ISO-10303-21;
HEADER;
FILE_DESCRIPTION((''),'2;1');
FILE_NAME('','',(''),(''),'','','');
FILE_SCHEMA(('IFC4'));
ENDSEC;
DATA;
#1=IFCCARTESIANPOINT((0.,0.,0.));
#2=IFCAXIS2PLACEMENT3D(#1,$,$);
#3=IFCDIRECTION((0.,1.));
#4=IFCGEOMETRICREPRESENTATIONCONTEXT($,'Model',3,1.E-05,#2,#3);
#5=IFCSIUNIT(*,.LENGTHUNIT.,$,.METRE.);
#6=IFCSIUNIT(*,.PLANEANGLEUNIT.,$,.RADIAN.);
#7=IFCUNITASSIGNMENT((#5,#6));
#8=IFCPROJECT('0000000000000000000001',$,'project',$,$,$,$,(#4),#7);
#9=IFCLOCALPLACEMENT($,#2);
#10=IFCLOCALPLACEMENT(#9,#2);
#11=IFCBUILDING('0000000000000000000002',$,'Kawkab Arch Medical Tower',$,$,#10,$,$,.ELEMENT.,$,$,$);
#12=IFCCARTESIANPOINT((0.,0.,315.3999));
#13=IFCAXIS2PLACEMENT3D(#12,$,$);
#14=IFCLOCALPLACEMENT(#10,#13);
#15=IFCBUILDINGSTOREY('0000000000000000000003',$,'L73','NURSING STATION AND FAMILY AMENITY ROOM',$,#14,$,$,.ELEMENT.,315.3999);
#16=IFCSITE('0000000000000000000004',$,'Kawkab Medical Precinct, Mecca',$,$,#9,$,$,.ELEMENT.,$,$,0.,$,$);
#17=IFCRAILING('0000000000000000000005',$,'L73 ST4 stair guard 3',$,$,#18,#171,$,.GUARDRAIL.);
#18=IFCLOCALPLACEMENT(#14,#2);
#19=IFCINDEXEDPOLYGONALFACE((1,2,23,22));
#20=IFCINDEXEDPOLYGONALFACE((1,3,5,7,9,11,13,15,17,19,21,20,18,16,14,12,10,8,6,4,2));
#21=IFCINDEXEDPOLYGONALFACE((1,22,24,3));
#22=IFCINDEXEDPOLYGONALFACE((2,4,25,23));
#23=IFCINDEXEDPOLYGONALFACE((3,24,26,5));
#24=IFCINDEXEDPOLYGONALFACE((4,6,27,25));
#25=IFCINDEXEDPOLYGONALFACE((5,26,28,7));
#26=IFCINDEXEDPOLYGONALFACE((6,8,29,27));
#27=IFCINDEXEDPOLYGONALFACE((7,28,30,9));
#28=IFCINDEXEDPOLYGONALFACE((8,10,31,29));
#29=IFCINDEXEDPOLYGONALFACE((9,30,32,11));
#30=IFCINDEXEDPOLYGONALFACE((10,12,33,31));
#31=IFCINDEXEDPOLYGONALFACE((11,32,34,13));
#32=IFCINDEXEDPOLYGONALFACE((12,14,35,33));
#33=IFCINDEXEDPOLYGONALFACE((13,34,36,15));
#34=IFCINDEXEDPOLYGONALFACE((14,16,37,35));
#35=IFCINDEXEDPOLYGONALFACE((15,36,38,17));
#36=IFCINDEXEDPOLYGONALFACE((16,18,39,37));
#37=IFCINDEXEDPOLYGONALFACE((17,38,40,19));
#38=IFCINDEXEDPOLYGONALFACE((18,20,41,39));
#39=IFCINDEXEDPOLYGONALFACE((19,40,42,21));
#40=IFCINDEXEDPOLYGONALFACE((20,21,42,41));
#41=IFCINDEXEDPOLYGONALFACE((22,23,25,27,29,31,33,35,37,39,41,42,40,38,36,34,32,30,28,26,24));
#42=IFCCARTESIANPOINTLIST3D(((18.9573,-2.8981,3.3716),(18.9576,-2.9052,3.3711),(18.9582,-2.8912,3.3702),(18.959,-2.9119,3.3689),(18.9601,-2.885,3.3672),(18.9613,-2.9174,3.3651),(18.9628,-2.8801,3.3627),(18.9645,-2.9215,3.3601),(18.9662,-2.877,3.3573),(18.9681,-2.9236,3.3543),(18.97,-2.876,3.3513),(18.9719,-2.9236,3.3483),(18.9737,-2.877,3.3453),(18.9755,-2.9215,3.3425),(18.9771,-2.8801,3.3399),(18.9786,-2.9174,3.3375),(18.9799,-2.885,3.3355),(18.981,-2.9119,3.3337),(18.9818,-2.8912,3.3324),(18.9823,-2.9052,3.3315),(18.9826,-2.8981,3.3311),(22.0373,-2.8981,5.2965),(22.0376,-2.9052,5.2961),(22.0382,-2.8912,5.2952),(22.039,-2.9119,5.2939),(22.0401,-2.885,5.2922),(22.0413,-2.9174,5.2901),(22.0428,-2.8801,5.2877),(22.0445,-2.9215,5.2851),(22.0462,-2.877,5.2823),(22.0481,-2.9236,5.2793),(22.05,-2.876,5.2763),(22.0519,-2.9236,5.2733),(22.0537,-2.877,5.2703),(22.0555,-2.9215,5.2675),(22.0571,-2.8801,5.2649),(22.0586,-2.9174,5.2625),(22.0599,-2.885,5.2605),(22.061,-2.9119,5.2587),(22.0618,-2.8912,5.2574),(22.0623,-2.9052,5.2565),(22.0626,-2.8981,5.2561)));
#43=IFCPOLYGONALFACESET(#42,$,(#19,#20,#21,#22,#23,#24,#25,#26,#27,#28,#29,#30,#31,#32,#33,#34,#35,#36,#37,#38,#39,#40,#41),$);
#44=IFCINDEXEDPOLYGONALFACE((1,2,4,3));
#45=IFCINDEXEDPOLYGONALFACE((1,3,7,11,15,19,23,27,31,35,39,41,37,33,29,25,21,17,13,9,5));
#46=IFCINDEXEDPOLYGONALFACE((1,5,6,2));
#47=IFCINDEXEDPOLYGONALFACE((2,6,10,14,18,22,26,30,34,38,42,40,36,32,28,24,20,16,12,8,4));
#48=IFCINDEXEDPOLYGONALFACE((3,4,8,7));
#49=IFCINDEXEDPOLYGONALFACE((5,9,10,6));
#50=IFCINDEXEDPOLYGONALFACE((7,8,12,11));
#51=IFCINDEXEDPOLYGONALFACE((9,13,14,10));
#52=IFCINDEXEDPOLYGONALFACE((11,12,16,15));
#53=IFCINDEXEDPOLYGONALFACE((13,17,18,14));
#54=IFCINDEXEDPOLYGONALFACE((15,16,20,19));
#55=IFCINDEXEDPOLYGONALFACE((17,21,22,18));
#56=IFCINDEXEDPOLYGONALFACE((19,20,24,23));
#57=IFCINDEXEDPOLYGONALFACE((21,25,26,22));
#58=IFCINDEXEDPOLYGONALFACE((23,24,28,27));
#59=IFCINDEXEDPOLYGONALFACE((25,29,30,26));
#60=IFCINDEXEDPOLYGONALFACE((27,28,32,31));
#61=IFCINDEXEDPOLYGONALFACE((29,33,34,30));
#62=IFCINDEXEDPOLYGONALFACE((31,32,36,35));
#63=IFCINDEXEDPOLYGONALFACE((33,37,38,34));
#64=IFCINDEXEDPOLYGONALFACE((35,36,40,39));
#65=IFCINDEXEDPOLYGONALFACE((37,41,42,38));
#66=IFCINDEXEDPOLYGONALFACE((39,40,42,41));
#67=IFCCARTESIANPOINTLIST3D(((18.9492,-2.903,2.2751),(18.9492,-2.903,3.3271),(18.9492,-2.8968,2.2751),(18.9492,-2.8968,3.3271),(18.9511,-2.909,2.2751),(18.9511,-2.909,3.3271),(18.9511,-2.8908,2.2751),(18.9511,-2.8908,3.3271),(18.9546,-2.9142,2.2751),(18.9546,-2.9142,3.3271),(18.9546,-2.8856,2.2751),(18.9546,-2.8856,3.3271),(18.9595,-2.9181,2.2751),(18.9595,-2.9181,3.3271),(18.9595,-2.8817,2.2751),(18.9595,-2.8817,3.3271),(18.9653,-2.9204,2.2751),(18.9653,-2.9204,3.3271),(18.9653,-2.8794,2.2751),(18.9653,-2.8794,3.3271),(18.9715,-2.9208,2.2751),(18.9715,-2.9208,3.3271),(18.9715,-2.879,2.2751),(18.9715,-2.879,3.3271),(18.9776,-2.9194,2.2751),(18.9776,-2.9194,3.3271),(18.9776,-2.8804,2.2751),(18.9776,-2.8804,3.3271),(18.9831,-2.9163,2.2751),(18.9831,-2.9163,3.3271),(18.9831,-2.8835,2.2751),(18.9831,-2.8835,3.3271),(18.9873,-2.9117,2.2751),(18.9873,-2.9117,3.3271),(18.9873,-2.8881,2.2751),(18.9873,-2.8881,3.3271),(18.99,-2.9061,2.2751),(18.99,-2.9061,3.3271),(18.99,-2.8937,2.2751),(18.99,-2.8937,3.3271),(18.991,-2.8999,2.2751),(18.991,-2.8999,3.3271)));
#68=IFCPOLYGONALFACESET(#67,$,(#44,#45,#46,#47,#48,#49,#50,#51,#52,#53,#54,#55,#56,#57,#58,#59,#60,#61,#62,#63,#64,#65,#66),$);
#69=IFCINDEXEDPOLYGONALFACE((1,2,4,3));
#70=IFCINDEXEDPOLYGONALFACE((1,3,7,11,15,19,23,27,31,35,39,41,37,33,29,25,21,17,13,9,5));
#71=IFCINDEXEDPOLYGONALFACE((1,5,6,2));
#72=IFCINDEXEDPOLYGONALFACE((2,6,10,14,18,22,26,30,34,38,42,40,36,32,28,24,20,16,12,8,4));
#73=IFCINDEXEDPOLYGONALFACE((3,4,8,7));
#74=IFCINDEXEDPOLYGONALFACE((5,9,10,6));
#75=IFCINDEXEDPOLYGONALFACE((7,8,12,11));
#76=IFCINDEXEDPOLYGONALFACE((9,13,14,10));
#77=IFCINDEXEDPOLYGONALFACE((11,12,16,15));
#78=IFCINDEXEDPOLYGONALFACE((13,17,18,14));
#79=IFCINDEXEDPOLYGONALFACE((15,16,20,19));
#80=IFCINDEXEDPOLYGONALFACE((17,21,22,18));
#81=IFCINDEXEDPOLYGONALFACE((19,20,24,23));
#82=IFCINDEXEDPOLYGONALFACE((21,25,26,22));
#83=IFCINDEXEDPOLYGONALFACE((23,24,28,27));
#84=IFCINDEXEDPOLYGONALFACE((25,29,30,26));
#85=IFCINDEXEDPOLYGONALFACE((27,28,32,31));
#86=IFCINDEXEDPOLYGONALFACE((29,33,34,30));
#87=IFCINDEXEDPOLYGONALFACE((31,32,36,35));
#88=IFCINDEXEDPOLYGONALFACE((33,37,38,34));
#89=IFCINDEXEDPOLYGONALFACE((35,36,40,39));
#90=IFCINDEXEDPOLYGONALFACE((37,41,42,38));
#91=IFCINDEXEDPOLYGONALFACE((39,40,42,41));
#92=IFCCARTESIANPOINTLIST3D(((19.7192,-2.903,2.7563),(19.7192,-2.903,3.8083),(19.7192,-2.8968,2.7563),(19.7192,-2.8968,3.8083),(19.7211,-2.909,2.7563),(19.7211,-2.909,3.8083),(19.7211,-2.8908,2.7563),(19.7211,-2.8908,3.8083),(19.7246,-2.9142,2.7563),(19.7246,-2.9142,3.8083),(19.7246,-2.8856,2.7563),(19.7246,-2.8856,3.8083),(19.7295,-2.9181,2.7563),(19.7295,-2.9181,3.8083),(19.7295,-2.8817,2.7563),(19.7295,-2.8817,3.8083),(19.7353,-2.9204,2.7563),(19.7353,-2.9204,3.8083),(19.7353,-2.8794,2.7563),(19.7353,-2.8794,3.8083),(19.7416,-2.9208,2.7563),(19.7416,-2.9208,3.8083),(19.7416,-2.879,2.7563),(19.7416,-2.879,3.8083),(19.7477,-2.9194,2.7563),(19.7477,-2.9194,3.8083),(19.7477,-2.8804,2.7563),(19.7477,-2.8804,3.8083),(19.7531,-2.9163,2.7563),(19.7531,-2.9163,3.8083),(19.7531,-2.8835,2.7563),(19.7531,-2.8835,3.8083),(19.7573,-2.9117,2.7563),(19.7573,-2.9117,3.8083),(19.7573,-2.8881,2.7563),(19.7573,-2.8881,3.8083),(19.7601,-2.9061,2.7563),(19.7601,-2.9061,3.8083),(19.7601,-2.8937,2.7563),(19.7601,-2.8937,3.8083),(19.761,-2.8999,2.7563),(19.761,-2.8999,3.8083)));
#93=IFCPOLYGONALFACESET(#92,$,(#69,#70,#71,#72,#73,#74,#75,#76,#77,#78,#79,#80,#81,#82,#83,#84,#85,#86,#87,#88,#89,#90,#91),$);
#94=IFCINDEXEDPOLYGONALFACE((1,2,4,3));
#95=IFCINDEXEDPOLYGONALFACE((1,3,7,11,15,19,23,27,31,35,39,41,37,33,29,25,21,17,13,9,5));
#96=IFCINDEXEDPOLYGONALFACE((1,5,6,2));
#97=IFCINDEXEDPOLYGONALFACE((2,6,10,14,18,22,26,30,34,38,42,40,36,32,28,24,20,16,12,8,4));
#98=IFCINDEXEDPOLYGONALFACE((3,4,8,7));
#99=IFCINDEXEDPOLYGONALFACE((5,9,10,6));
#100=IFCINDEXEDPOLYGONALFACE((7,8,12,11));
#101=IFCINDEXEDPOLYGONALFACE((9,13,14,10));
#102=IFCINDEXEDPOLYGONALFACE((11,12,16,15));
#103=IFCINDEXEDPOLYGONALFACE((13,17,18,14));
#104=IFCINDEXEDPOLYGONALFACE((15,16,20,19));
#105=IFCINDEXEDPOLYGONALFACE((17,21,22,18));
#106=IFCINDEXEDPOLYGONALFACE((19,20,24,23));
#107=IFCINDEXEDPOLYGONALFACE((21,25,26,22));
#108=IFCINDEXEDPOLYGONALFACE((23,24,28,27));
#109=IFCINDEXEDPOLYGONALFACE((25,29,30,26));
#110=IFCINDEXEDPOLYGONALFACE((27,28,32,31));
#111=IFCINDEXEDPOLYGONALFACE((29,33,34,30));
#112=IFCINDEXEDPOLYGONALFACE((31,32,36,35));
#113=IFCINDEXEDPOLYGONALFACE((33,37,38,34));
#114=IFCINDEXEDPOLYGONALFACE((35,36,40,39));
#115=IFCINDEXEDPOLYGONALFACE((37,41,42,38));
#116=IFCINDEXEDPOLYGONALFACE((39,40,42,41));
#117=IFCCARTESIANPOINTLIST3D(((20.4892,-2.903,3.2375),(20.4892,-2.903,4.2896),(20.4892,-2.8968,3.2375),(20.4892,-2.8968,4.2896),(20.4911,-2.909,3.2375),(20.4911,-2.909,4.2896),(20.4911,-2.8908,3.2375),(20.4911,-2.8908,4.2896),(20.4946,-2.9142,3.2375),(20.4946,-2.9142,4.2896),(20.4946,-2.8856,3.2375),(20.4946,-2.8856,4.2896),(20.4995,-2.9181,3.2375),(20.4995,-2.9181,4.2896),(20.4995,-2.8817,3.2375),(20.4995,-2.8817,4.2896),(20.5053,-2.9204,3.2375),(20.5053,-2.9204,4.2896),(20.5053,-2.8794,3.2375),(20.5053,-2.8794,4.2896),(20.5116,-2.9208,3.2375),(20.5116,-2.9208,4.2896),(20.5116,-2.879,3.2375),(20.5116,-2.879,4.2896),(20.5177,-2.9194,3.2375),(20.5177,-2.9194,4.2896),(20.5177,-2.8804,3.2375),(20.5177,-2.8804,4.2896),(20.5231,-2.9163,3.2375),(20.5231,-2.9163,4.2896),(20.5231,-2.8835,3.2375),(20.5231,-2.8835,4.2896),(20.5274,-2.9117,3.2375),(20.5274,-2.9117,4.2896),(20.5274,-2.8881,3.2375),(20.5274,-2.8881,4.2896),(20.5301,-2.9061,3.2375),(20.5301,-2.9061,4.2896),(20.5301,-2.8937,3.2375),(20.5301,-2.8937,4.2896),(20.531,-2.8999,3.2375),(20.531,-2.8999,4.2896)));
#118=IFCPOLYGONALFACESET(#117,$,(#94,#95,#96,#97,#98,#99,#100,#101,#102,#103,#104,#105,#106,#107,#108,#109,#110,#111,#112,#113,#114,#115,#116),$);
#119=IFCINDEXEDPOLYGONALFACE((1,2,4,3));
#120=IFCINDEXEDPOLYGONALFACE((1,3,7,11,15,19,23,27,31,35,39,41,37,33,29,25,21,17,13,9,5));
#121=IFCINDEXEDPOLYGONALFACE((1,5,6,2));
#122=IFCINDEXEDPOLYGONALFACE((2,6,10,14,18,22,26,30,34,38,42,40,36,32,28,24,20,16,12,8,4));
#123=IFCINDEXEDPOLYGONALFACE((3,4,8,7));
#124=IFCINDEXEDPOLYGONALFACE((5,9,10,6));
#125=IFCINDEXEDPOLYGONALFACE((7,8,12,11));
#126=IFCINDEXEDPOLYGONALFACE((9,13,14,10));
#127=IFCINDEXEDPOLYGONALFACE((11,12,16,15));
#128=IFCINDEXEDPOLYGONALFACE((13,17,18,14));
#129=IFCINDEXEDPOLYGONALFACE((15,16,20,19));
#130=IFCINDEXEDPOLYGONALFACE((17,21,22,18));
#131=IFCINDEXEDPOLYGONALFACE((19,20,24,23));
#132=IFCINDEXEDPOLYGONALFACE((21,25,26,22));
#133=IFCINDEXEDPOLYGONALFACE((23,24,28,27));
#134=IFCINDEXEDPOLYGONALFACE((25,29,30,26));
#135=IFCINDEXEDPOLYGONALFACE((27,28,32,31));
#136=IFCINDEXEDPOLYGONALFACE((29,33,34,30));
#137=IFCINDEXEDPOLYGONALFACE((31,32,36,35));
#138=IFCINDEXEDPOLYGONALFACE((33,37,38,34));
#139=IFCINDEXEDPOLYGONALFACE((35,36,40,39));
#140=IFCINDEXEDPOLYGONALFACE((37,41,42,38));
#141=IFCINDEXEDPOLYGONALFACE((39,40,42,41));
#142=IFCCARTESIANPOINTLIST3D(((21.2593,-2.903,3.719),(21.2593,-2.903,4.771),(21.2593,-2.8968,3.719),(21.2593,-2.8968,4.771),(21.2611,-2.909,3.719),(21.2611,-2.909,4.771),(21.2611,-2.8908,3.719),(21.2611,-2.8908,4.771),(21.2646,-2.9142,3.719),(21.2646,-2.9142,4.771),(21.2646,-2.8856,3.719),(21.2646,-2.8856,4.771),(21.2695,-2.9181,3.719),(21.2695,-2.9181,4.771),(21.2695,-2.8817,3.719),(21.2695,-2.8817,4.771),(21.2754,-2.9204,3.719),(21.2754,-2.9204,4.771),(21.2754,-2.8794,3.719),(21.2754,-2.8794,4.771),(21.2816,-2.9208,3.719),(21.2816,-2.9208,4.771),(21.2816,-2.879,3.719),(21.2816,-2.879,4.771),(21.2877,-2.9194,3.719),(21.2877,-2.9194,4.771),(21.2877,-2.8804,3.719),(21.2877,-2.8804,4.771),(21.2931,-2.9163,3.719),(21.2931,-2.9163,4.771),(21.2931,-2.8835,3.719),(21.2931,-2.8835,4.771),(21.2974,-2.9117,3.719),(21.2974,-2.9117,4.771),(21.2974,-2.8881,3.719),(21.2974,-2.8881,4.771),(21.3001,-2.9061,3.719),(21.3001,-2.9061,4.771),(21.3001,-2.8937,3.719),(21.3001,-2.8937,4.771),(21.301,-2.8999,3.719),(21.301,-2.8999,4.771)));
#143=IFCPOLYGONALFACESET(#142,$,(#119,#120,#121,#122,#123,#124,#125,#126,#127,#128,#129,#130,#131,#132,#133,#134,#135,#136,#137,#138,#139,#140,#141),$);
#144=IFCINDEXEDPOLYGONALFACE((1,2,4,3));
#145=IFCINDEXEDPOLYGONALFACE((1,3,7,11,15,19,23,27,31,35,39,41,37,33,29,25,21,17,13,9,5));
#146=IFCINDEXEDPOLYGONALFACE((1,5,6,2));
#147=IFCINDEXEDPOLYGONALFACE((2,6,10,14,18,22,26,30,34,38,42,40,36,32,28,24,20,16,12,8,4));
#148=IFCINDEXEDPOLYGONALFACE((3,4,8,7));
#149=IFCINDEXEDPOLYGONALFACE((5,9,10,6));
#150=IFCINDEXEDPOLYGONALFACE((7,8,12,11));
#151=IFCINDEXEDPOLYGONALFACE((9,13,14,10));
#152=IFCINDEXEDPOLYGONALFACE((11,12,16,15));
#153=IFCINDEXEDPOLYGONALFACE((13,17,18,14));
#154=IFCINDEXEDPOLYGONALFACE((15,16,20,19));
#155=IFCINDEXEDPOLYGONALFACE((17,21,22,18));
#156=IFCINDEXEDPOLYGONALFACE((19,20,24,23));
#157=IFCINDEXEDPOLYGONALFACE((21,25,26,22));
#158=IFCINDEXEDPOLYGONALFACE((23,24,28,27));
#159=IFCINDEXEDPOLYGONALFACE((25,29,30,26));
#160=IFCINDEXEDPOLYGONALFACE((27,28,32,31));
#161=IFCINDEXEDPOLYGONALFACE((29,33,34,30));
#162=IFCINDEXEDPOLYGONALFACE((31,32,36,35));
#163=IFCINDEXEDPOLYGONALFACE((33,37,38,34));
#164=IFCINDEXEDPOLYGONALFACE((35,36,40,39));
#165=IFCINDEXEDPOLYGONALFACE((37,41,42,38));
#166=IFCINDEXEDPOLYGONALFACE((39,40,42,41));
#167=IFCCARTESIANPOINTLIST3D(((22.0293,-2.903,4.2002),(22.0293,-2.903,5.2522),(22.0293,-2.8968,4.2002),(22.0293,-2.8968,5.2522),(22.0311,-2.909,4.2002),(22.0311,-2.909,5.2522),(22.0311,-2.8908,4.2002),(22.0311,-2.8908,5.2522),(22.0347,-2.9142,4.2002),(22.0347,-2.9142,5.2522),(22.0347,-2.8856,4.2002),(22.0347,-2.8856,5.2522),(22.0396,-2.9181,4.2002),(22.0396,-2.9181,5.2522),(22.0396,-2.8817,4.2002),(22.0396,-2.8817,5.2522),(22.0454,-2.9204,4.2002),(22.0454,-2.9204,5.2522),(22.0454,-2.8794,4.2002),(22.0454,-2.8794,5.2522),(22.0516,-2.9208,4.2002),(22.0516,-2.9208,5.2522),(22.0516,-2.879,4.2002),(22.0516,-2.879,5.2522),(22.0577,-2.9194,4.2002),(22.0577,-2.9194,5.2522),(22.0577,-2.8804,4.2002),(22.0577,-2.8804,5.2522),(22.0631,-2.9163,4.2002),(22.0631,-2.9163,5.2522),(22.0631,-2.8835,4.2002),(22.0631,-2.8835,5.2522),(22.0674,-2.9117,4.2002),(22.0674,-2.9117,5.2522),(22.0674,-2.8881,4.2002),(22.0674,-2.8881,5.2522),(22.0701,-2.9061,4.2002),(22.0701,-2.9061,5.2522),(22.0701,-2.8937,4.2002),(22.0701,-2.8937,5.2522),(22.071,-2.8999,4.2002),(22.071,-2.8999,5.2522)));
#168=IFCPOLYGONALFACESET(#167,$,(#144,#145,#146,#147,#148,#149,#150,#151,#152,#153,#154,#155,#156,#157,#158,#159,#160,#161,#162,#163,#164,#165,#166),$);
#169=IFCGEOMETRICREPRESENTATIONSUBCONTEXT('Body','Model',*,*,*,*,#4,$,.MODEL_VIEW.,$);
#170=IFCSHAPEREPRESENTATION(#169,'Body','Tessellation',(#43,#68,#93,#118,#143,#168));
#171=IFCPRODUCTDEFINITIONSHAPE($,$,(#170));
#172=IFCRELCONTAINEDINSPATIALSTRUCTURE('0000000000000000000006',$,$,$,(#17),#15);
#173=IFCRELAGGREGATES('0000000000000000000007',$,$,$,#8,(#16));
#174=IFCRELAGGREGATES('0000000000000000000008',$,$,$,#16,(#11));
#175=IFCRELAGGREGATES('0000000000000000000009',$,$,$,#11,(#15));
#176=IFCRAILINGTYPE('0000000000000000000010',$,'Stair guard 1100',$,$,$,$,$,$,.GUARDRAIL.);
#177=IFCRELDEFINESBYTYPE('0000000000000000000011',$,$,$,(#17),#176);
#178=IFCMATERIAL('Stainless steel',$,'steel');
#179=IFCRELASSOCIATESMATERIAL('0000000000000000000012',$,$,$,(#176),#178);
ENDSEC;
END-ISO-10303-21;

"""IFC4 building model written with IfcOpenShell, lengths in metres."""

from ifc_helpers import new_model, si_unit, direction, frame, origin, origin_2d, place, context, subcontext, project, spatial, circle, extrude, material, type_object, element, save


model = new_model("IFC4")

# Units and contexts
model_context = context("Model", 3, precision=1e-05, world=origin(), true_north=direction((0.0, 1.0)))
body_context = subcontext(model_context, "Body", "Model", "MODEL_VIEW")
ifc_project = project(units=[si_unit("LENGTHUNIT", "METRE"), si_unit("PLANEANGLEUNIT", "RADIAN")], contexts=[model_context])

# Site, building, storey
site_placement = place(None, origin())
site = spatial("IfcSite", under=ifc_project, at=site_placement, Name="Kawkab Medical Precinct, Mecca", CompositionType="ELEMENT", RefElevation=0.0)
building_placement = place(site_placement, origin())
building = spatial("IfcBuilding", under=site, at=building_placement, Name="Kawkab Arch Medical Tower", CompositionType="ELEMENT")
storey_placement = place(building_placement, frame((0.0, 0.0, 315.3999)))
storey = spatial("IfcBuildingStorey", under=building, at=storey_placement, Name="L73", Description="NURSING STATION AND FAMILY AMENITY ROOM", CompositionType="ELEMENT", Elevation=315.3999)

# Railing
ifc_material_1 = material(Name="Stainless steel", Category="steel")
railing_type_1 = type_object("IfcRailingType", Name="Stair guard 1100", PredefinedType="GUARDRAIL", material=ifc_material_1)
railing_1_placement = place(storey_placement, frame((18.97, -2.8999, 2.2751)))
element("IfcRailing", 1, at=railing_1_placement, inside=storey, type_object=railing_type_1, Name="L73 ST4 stair guard 3", PredefinedType="GUARDRAIL", context=body_context, shape_type="SweptSolid", body=[
    extrude(circle(Radius=0.0239, at=origin_2d()), frame((0.0, 0.0, 1.0762), z_axis=(0.847998, 0.0, 0.529999), x_axis=(0.0, 1.0, 0.0)), (0.0, 0.0, 1.0), 3.6321),
    extrude(circle(Radius=0.021, at=origin_2d()), origin(), (0.0, 0.0, 1.0), 1.052),
    extrude(circle(Radius=0.021, at=origin_2d()), frame((0.77, 0.0, 0.4812)), (0.0, 0.0, 1.0), 1.052),
    extrude(circle(Radius=0.021, at=origin_2d()), frame((1.54, 0.0, 0.9624)), (0.0, 0.0, 1.0), 1.052),
    extrude(circle(Radius=0.021, at=origin_2d()), frame((2.3101, 0.0, 1.4438)), (0.0, 0.0, 1.0), 1.052),
    extrude(circle(Radius=0.021, at=origin_2d()), frame((3.0801, 0.0, 1.925)), (0.0, 0.0, 1.0), 1.052),
])

save(model, "model.ifc")
